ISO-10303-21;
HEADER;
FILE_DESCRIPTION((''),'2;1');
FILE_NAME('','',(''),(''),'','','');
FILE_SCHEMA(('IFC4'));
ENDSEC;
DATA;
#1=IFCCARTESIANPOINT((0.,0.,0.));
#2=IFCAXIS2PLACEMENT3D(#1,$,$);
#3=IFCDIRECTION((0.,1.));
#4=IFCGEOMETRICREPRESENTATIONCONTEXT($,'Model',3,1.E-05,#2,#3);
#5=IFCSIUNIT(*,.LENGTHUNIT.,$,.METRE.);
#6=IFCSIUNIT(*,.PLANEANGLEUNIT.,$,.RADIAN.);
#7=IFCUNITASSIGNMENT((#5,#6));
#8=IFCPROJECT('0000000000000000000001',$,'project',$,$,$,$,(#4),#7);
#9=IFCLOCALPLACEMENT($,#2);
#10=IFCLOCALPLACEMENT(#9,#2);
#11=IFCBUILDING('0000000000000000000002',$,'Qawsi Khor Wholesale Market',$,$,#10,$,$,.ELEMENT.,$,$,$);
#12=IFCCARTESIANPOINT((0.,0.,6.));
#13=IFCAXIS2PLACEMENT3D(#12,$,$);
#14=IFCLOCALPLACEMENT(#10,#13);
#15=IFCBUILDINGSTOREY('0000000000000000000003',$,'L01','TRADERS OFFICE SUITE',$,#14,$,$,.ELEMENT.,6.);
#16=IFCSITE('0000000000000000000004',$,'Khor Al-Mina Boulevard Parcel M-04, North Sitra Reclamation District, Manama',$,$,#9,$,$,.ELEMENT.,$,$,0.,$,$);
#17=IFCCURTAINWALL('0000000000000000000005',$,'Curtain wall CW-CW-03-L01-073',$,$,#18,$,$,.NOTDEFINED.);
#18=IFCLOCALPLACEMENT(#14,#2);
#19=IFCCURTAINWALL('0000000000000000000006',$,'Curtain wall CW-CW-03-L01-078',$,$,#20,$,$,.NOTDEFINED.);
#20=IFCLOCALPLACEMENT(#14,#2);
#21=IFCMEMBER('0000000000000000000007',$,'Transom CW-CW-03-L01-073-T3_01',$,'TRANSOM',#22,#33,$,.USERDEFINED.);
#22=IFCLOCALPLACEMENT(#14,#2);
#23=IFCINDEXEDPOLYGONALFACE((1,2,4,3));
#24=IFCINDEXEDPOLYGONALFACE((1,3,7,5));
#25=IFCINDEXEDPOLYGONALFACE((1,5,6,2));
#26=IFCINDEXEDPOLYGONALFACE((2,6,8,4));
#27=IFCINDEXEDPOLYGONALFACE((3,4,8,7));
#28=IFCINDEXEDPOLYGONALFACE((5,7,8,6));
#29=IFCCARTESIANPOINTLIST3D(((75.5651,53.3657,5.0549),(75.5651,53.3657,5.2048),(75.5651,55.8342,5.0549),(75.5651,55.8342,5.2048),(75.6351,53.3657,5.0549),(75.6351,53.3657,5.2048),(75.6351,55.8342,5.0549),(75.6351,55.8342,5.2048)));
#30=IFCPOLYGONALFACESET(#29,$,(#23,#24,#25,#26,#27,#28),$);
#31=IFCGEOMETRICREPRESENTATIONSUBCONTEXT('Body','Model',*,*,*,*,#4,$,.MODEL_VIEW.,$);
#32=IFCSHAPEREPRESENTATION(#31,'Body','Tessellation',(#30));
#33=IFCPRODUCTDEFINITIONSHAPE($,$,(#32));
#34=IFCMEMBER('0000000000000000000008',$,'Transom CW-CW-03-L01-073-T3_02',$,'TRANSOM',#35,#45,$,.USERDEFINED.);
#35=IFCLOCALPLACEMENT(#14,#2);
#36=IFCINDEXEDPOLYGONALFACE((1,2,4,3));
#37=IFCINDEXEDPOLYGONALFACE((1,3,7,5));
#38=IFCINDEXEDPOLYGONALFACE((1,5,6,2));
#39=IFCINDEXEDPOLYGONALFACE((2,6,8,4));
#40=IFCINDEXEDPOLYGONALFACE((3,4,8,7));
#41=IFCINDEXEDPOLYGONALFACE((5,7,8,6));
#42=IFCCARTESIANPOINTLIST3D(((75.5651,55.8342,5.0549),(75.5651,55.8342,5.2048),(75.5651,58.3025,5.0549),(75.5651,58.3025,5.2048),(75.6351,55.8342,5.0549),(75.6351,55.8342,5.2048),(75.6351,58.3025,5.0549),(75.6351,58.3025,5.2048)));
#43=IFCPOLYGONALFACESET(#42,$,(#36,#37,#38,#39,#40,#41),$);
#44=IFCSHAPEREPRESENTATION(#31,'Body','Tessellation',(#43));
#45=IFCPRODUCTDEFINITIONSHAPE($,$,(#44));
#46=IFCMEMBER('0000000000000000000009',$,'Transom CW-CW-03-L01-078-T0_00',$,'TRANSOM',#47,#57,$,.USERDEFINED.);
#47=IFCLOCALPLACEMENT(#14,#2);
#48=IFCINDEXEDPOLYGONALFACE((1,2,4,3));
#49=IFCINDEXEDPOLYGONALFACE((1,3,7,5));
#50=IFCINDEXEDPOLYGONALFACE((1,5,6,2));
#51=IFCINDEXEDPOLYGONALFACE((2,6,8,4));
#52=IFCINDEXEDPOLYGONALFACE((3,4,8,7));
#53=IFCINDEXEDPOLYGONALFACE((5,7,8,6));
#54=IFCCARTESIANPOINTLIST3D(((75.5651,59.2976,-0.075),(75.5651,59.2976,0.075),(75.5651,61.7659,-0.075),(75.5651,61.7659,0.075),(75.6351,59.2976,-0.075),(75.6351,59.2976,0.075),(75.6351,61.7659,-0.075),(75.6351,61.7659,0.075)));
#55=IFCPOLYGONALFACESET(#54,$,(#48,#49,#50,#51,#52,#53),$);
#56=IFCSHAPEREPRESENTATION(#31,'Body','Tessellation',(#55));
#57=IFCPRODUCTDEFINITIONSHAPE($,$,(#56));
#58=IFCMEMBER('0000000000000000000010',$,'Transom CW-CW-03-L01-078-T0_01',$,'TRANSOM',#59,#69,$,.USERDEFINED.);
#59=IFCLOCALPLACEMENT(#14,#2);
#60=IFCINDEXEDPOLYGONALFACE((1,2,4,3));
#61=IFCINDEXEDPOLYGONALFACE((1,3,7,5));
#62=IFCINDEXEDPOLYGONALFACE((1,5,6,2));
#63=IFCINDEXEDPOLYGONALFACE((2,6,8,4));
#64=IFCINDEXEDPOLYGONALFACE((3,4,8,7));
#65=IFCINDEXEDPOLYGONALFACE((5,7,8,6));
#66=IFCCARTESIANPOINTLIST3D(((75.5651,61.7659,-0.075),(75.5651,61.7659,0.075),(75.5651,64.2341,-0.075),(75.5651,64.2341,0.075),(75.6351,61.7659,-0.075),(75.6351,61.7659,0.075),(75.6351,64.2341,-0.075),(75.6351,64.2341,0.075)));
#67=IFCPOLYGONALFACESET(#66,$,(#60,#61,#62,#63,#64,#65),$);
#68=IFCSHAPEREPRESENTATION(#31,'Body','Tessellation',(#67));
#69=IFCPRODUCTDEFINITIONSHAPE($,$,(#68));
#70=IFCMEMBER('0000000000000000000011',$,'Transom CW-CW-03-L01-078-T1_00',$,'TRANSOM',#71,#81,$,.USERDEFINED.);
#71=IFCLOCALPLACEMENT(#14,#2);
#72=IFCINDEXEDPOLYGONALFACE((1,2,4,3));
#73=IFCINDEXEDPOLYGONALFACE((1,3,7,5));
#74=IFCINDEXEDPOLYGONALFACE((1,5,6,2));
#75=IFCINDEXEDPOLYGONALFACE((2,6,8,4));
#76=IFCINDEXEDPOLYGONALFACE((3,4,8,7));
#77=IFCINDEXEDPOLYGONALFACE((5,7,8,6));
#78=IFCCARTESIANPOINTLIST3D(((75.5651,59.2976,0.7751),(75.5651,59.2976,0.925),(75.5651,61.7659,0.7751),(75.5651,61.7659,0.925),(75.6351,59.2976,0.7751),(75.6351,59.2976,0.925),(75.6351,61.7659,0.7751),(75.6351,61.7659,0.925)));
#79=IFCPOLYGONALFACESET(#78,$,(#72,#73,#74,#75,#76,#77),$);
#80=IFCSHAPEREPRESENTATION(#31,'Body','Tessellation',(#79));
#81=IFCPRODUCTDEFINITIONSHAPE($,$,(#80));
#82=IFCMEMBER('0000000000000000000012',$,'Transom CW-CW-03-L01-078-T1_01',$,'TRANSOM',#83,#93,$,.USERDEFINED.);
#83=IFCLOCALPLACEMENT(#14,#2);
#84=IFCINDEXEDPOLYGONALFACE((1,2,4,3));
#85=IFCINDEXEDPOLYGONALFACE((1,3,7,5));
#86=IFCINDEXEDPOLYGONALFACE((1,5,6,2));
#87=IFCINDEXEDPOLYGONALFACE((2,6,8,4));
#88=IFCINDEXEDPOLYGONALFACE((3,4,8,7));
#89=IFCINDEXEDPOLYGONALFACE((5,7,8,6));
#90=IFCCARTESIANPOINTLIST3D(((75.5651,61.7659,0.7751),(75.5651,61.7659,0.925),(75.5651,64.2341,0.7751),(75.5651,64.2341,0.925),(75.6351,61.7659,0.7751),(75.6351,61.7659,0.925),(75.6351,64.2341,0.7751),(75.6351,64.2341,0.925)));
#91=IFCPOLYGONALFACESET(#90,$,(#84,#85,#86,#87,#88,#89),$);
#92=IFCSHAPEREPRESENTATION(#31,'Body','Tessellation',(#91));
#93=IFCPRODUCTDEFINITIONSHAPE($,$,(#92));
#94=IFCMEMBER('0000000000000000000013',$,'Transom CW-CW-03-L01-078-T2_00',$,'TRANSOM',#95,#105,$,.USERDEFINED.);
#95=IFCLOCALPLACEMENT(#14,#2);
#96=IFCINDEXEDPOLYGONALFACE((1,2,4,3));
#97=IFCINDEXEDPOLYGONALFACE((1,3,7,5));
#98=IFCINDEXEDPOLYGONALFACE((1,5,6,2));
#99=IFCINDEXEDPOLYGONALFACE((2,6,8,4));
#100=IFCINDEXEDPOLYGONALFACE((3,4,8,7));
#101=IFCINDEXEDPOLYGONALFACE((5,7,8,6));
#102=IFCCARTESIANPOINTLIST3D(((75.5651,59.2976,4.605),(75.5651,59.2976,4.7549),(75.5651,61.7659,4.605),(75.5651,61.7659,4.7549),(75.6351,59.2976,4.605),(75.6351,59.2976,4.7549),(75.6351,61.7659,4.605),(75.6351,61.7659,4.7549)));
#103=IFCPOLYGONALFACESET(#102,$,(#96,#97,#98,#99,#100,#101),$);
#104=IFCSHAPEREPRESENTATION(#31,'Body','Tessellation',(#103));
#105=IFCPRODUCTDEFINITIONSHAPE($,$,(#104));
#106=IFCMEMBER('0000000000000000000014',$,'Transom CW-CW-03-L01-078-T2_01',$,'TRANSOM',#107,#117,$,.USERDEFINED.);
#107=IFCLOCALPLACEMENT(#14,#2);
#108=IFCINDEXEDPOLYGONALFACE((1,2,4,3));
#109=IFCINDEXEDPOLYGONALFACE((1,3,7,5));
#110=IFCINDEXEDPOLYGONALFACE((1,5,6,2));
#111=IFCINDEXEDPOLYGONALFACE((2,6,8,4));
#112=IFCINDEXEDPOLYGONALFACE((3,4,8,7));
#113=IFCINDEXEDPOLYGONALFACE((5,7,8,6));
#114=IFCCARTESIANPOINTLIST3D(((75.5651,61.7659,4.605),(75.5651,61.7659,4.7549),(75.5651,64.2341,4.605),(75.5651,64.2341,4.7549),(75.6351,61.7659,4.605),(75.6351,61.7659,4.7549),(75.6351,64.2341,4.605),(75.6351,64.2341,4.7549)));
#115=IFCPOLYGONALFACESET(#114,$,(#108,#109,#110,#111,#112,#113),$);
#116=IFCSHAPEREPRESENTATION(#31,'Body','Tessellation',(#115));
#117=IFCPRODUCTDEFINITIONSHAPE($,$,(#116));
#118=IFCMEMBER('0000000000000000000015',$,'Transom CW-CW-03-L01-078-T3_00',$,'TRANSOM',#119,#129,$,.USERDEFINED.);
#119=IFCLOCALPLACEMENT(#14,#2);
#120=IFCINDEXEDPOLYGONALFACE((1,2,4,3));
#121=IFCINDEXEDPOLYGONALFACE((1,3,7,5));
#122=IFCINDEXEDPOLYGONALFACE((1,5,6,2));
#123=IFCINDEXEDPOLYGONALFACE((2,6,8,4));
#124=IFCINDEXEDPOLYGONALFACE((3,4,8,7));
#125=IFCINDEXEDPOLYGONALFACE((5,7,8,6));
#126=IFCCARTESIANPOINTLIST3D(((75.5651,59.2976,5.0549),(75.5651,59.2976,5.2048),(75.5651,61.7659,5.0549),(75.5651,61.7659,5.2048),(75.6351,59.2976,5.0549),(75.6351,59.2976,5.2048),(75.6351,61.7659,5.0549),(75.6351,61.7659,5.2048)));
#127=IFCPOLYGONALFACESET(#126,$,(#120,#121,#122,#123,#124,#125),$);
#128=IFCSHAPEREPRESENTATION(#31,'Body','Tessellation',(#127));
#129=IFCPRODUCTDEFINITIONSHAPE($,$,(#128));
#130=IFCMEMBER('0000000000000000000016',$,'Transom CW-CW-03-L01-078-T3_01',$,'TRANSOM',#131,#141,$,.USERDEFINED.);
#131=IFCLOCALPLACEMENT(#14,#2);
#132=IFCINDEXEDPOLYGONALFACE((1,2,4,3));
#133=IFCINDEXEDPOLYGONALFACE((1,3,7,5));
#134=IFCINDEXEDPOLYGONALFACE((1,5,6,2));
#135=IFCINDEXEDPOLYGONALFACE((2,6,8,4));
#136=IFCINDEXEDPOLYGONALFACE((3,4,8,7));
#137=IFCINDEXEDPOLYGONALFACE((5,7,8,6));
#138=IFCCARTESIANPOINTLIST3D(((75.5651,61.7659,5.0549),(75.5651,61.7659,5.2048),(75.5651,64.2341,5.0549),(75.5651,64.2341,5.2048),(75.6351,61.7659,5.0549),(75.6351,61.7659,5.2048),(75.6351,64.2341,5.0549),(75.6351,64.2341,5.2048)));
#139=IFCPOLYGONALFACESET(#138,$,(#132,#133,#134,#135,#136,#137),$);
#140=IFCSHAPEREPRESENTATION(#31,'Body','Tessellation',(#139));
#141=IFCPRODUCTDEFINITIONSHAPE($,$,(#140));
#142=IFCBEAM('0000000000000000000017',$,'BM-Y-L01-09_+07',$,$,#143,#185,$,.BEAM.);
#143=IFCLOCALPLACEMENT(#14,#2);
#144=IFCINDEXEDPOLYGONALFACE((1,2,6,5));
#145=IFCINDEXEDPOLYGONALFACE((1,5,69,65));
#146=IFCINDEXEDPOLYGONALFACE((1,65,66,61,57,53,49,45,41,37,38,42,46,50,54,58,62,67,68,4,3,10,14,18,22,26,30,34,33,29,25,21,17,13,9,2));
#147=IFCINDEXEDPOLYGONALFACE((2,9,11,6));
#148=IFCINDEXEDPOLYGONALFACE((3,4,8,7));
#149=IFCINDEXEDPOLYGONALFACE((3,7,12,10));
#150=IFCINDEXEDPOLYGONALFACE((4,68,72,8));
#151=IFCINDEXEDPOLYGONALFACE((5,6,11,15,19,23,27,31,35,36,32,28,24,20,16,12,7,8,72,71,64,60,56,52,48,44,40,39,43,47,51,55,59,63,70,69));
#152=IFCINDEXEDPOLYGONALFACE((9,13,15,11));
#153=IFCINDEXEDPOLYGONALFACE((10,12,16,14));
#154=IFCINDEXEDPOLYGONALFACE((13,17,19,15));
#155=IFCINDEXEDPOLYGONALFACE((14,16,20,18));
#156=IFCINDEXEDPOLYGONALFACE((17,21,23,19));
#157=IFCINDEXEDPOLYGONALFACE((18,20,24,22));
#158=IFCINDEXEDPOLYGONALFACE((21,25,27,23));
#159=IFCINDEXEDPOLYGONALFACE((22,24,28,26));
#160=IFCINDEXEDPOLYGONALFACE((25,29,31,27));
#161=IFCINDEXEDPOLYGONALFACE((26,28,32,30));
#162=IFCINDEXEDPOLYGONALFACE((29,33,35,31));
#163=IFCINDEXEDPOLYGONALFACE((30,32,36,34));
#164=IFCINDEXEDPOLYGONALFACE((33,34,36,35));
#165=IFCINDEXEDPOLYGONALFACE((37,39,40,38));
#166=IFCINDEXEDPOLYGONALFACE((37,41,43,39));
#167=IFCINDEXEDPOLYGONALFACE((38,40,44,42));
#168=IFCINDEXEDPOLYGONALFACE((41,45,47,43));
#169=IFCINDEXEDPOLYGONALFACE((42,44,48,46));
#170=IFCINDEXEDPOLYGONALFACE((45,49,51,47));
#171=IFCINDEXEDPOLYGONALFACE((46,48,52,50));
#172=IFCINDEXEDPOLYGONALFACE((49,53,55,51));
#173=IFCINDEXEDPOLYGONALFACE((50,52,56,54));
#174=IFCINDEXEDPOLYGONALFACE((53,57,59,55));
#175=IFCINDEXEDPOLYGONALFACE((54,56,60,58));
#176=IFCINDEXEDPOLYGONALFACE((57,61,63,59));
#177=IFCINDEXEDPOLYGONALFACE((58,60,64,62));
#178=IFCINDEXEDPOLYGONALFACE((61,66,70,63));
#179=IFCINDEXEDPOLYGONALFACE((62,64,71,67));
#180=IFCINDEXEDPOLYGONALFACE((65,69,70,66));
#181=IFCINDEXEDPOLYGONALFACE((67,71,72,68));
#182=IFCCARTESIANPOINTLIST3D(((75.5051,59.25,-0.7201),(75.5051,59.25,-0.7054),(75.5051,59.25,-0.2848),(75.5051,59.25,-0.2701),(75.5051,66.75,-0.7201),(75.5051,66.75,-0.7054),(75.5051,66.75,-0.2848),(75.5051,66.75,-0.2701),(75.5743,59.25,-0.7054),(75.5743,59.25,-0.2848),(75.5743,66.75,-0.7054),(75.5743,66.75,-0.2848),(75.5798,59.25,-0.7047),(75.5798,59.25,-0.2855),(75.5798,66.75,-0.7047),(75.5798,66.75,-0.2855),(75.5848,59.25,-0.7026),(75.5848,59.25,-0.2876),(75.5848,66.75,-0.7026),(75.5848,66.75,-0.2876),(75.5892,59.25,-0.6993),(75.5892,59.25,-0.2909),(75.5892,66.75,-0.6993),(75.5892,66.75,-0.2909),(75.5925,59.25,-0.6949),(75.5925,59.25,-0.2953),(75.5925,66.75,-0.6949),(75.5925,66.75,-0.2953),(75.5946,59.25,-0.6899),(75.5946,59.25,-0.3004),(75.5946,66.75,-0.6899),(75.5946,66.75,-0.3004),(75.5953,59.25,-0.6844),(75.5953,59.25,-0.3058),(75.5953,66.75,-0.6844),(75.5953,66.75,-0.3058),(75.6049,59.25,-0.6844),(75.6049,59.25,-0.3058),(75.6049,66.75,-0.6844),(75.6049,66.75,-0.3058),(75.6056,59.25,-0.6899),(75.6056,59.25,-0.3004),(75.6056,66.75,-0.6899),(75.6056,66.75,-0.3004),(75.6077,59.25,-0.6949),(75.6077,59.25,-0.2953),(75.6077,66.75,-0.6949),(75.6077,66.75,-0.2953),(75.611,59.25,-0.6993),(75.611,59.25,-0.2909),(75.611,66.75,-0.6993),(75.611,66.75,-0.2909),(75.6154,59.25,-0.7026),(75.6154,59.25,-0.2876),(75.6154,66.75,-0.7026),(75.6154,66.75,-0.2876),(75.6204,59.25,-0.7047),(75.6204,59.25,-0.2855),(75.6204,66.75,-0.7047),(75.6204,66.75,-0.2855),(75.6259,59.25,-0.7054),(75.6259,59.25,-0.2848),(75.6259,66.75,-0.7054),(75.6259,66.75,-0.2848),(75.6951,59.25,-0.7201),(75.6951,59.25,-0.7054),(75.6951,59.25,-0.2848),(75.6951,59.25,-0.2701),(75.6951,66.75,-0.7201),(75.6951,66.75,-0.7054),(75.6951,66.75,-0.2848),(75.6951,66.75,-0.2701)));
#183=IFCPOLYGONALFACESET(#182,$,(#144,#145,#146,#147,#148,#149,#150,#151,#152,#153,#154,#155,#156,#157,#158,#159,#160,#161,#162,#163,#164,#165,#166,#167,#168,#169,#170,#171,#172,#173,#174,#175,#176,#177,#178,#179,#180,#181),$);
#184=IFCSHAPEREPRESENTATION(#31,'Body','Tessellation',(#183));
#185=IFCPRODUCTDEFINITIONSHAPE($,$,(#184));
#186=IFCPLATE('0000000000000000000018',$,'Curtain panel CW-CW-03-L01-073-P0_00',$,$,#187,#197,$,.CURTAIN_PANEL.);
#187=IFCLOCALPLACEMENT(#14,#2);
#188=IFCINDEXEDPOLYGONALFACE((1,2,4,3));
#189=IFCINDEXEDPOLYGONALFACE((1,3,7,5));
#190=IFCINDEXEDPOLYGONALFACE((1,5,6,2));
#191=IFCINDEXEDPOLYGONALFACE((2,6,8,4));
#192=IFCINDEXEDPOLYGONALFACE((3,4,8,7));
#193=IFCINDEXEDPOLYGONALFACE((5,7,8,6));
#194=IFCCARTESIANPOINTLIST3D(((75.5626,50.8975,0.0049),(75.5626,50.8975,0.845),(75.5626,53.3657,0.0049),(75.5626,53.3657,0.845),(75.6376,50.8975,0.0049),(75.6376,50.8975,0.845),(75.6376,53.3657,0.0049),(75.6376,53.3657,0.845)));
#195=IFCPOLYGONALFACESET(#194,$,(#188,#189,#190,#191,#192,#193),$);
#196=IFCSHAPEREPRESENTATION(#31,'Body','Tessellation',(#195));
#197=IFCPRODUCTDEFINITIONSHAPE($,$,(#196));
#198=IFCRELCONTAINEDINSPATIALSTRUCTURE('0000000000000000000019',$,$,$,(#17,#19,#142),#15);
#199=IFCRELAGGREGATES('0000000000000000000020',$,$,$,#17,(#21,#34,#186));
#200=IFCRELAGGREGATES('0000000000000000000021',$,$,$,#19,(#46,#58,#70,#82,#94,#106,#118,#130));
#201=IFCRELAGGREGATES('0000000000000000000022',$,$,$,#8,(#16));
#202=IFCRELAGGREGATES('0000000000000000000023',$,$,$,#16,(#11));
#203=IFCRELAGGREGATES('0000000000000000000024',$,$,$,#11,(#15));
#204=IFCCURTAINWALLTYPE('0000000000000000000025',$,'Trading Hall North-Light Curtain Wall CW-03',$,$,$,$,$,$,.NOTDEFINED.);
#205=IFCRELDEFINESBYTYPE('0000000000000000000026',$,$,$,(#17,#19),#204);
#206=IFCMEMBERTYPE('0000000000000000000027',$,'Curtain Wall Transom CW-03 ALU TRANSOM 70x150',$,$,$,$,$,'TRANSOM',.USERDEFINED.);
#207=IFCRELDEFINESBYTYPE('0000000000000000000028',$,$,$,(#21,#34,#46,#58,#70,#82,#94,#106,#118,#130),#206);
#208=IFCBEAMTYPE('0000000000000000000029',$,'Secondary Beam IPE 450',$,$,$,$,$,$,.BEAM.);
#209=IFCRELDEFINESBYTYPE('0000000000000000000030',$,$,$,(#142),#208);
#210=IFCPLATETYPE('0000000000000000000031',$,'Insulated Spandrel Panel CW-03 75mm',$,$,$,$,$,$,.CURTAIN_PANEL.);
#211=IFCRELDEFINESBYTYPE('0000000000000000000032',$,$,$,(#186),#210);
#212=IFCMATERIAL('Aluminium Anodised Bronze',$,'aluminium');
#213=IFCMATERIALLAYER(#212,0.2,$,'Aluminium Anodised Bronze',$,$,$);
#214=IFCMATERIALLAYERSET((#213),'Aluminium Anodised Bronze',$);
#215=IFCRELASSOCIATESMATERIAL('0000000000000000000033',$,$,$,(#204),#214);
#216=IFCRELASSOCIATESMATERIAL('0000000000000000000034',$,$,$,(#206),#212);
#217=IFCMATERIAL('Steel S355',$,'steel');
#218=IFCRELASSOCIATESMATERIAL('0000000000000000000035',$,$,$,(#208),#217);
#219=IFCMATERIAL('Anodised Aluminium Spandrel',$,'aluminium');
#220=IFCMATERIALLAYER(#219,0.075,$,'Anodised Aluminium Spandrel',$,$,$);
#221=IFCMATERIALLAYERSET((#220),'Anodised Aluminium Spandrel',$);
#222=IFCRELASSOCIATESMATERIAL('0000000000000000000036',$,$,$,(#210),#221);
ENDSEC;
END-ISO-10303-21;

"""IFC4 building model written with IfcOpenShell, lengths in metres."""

from ifc_helpers import new_model, si_unit, direction, frame, frame_2d, origin, origin_2d, place, context, subcontext, project, spatial, rectangle, i_section, extrude, material, layer, layer_set, material_profile, profile_set, type_object, element, aggregate, save


model = new_model("IFC4")

# Units and contexts
model_context = context("Model", 3, precision=1e-05, world=origin(), true_north=direction((0.0, 1.0)))
body_context = subcontext(model_context, "Body", "Model", "MODEL_VIEW")
ifc_project = project(units=[si_unit("LENGTHUNIT", "METRE"), si_unit("PLANEANGLEUNIT", "RADIAN")], contexts=[model_context])

# Site, building, storey
site_placement = place(None, origin())
site = spatial("IfcSite", under=ifc_project, at=site_placement, Name="Khor Al-Mina Boulevard Parcel M-04, North Sitra Reclamation District, Manama", CompositionType="ELEMENT", RefElevation=0.0)
building_placement = place(site_placement, origin())
building = spatial("IfcBuilding", under=site, at=building_placement, Name="Qawsi Khor Wholesale Market", CompositionType="ELEMENT")
storey_placement = place(building_placement, frame((0.0, 0.0, 6.0)))
storey = spatial("IfcBuildingStorey", under=building, at=storey_placement, Name="L01", Description="TRADERS OFFICE SUITE", CompositionType="ELEMENT", Elevation=6.0)

# Curtain walls
ifc_material_1 = material(Name="Aluminium Anodised Bronze", Category="aluminium")
ifc_layer_1 = layer(ifc_material_1, 0.2, Name="Aluminium Anodised Bronze")
ifc_layer_set_1 = layer_set([ifc_layer_1], Name="Aluminium Anodised Bronze")
curtain_wall_type = type_object("IfcCurtainWallType", Name="Trading Hall North-Light Curtain Wall CW-03", PredefinedType="NOTDEFINED", material=ifc_layer_set_1)
curtain_wall_1_placement = place(storey_placement, origin())
curtain_wall_1 = element("IfcCurtainWall", 1, at=curtain_wall_1_placement, inside=storey, type_object=curtain_wall_type, Name="Curtain wall CW-CW-03-L01-073", PredefinedType="NOTDEFINED")
curtain_wall_2_placement = place(storey_placement, origin())
curtain_wall_2 = element("IfcCurtainWall", 2, at=curtain_wall_2_placement, inside=storey, type_object=curtain_wall_type, Name="Curtain wall CW-CW-03-L01-078", PredefinedType="NOTDEFINED")

# Members
ifc_material_profile_1 = material_profile(ifc_material_1, rectangle(XDim=0.0701, YDim=0.1499, at=origin_2d()), Name="ALU TRANSOM 70x150")
ifc_profile_set_1 = profile_set([ifc_material_profile_1], Name="Aluminium Anodised Bronze")
member_type_1 = type_object("IfcMemberType", Name="Curtain Wall Transom CW-03 ALU TRANSOM 70x150", ElementType="TRANSOM", PredefinedType="USERDEFINED", material=ifc_profile_set_1)
member_1_placement = place(storey_placement, frame((75.6001, 53.3657, 5.1299), z_axis=(0.0, 1.0, 0.0), x_axis=(-1.0, 0.0, 0.0)))
member_1 = element("IfcMember", 3, at=member_1_placement, type_object=member_type_1, Name="Transom CW-CW-03-L01-073-T3_01", ObjectType="TRANSOM", PredefinedType="USERDEFINED", context=body_context, shape_type="SweptSolid", body=[
    extrude(rectangle(XDim=0.0701, YDim=0.1499, at=origin_2d()), origin(), (0.0, 0.0, 1.0), 2.4685),
])
member_2_placement = place(storey_placement, frame((75.6001, 55.8342, 5.1299), z_axis=(0.0, 1.0, 0.0), x_axis=(-1.0, 0.0, 0.0)))
member_2 = element("IfcMember", 4, at=member_2_placement, type_object=member_type_1, Name="Transom CW-CW-03-L01-073-T3_02", ObjectType="TRANSOM", PredefinedType="USERDEFINED", context=body_context, shape_type="SweptSolid", body=[
    extrude(rectangle(XDim=0.0701, YDim=0.1499, at=origin_2d()), origin(), (0.0, 0.0, 1.0), 2.4683),
])
member_3_placement = place(storey_placement, frame((75.6001, 59.2976, 0.0), z_axis=(0.0, 1.0, 0.0), x_axis=(-1.0, 0.0, 0.0)))
member_3 = element("IfcMember", 5, at=member_3_placement, type_object=member_type_1, Name="Transom CW-CW-03-L01-078-T0_00", ObjectType="TRANSOM", PredefinedType="USERDEFINED", context=body_context, shape_type="SweptSolid", body=[
    extrude(rectangle(XDim=0.0701, YDim=0.1499, at=origin_2d()), origin(), (0.0, 0.0, 1.0), 2.4683),
])
member_4_placement = place(storey_placement, frame((75.6001, 61.7659, 0.0), z_axis=(0.0, 1.0, 0.0), x_axis=(-1.0, 0.0, 0.0)))
member_4 = element("IfcMember", 6, at=member_4_placement, type_object=member_type_1, Name="Transom CW-CW-03-L01-078-T0_01", ObjectType="TRANSOM", PredefinedType="USERDEFINED", context=body_context, shape_type="SweptSolid", body=[
    extrude(rectangle(XDim=0.0701, YDim=0.1499, at=origin_2d()), origin(), (0.0, 0.0, 1.0), 2.4683),
])
member_5_placement = place(storey_placement, frame((75.6001, 59.2976, 0.8501), z_axis=(0.0, 1.0, 0.0), x_axis=(-1.0, 0.0, 0.0)))
member_5 = element("IfcMember", 7, at=member_5_placement, type_object=member_type_1, Name="Transom CW-CW-03-L01-078-T1_00", ObjectType="TRANSOM", PredefinedType="USERDEFINED", context=body_context, shape_type="SweptSolid", body=[
    extrude(rectangle(XDim=0.0701, YDim=0.1499, at=origin_2d()), origin(), (0.0, 0.0, 1.0), 2.4683),
])
member_6_placement = place(storey_placement, frame((75.6001, 61.7659, 0.8501), z_axis=(0.0, 1.0, 0.0), x_axis=(-1.0, 0.0, 0.0)))
member_6 = element("IfcMember", 8, at=member_6_placement, type_object=member_type_1, Name="Transom CW-CW-03-L01-078-T1_01", ObjectType="TRANSOM", PredefinedType="USERDEFINED", context=body_context, shape_type="SweptSolid", body=[
    extrude(rectangle(XDim=0.0701, YDim=0.1499, at=origin_2d()), origin(), (0.0, 0.0, 1.0), 2.4683),
])
member_7_placement = place(storey_placement, frame((75.6001, 59.2976, 4.6799), z_axis=(0.0, 1.0, 0.0), x_axis=(-1.0, 0.0, 0.0)))
member_7 = element("IfcMember", 9, at=member_7_placement, type_object=member_type_1, Name="Transom CW-CW-03-L01-078-T2_00", ObjectType="TRANSOM", PredefinedType="USERDEFINED", context=body_context, shape_type="SweptSolid", body=[
    extrude(rectangle(XDim=0.0701, YDim=0.1499, at=origin_2d()), origin(), (0.0, 0.0, 1.0), 2.4683),
])
member_8_placement = place(storey_placement, frame((75.6001, 61.7659, 4.6799), z_axis=(0.0, 1.0, 0.0), x_axis=(-1.0, 0.0, 0.0)))
member_8 = element("IfcMember", 10, at=member_8_placement, type_object=member_type_1, Name="Transom CW-CW-03-L01-078-T2_01", ObjectType="TRANSOM", PredefinedType="USERDEFINED", context=body_context, shape_type="SweptSolid", body=[
    extrude(rectangle(XDim=0.0701, YDim=0.1499, at=origin_2d()), origin(), (0.0, 0.0, 1.0), 2.4683),
])
member_9_placement = place(storey_placement, frame((75.6001, 59.2976, 5.1299), z_axis=(0.0, 1.0, 0.0), x_axis=(-1.0, 0.0, 0.0)))
member_9 = element("IfcMember", 11, at=member_9_placement, type_object=member_type_1, Name="Transom CW-CW-03-L01-078-T3_00", ObjectType="TRANSOM", PredefinedType="USERDEFINED", context=body_context, shape_type="SweptSolid", body=[
    extrude(rectangle(XDim=0.0701, YDim=0.1499, at=origin_2d()), origin(), (0.0, 0.0, 1.0), 2.4683),
])
member_10_placement = place(storey_placement, frame((75.6001, 61.7659, 5.1299), z_axis=(0.0, 1.0, 0.0), x_axis=(-1.0, 0.0, 0.0)))
member_10 = element("IfcMember", 12, at=member_10_placement, type_object=member_type_1, Name="Transom CW-CW-03-L01-078-T3_01", ObjectType="TRANSOM", PredefinedType="USERDEFINED", context=body_context, shape_type="SweptSolid", body=[
    extrude(rectangle(XDim=0.0701, YDim=0.1499, at=origin_2d()), origin(), (0.0, 0.0, 1.0), 2.4683),
])

# Beam
ifc_material_2 = material(Name="Steel S355", Category="steel")
ifc_material_profile_2 = material_profile(ifc_material_2, i_section(OverallWidth=0.1899, OverallDepth=0.45, WebThickness=0.0095, FlangeThickness=0.0146, FilletRadius=0.021, at=origin_2d()), Name="IPE 450")
ifc_profile_set_2 = profile_set([ifc_material_profile_2], Name="Steel S355")
beam_type = type_object("IfcBeamType", Name="Secondary Beam IPE 450", PredefinedType="BEAM", material=ifc_profile_set_2)
beam_placement = place(storey_placement, frame((75.6001, 59.25, -0.4951), z_axis=(0.0, 1.0, 0.0), x_axis=(-1.0, 0.0, 0.0)))
element("IfcBeam", 13, at=beam_placement, inside=storey, type_object=beam_type, Name="BM-Y-L01-09_+07", PredefinedType="BEAM", context=body_context, shape_type="SweptSolid", body=[
    extrude(i_section(OverallWidth=0.1899, OverallDepth=0.45, WebThickness=0.0095, FlangeThickness=0.0146, FilletRadius=0.021, at=origin_2d()), origin(), (0.0, 0.0, 1.0), 7.5),
])

# Plate
ifc_material_3 = material(Name="Anodised Aluminium Spandrel", Category="aluminium")
ifc_layer_2 = layer(ifc_material_3, 0.075, Name="Anodised Aluminium Spandrel")
ifc_layer_set_2 = layer_set([ifc_layer_2], Name="Anodised Aluminium Spandrel")
plate_type_1 = type_object("IfcPlateType", Name="Insulated Spandrel Panel CW-03 75mm", PredefinedType="CURTAIN_PANEL", material=ifc_layer_set_2)
plate_1_placement = place(storey_placement, frame((75.6001, 50.8975, 0.0049), z_axis=(0.0, 0.0, 1.0), x_axis=(0.0, 1.0, 0.0)))
plate_1 = element("IfcPlate", 14, at=plate_1_placement, type_object=plate_type_1, Name="Curtain panel CW-CW-03-L01-073-P0_00", PredefinedType="CURTAIN_PANEL", context=body_context, shape_type="SweptSolid", body=[
    extrude(rectangle(XDim=2.4683, YDim=0.075, at=frame_2d((1.2341, 0.0))), origin(), (0.0, 0.0, 1.0), 0.8401),
])
aggregate(curtain_wall_1, [member_1, member_2, plate_1])
aggregate(curtain_wall_2, [member_3, member_4, member_5, member_6, member_7, member_8, member_9, member_10])

save(model, "model.ifc")
